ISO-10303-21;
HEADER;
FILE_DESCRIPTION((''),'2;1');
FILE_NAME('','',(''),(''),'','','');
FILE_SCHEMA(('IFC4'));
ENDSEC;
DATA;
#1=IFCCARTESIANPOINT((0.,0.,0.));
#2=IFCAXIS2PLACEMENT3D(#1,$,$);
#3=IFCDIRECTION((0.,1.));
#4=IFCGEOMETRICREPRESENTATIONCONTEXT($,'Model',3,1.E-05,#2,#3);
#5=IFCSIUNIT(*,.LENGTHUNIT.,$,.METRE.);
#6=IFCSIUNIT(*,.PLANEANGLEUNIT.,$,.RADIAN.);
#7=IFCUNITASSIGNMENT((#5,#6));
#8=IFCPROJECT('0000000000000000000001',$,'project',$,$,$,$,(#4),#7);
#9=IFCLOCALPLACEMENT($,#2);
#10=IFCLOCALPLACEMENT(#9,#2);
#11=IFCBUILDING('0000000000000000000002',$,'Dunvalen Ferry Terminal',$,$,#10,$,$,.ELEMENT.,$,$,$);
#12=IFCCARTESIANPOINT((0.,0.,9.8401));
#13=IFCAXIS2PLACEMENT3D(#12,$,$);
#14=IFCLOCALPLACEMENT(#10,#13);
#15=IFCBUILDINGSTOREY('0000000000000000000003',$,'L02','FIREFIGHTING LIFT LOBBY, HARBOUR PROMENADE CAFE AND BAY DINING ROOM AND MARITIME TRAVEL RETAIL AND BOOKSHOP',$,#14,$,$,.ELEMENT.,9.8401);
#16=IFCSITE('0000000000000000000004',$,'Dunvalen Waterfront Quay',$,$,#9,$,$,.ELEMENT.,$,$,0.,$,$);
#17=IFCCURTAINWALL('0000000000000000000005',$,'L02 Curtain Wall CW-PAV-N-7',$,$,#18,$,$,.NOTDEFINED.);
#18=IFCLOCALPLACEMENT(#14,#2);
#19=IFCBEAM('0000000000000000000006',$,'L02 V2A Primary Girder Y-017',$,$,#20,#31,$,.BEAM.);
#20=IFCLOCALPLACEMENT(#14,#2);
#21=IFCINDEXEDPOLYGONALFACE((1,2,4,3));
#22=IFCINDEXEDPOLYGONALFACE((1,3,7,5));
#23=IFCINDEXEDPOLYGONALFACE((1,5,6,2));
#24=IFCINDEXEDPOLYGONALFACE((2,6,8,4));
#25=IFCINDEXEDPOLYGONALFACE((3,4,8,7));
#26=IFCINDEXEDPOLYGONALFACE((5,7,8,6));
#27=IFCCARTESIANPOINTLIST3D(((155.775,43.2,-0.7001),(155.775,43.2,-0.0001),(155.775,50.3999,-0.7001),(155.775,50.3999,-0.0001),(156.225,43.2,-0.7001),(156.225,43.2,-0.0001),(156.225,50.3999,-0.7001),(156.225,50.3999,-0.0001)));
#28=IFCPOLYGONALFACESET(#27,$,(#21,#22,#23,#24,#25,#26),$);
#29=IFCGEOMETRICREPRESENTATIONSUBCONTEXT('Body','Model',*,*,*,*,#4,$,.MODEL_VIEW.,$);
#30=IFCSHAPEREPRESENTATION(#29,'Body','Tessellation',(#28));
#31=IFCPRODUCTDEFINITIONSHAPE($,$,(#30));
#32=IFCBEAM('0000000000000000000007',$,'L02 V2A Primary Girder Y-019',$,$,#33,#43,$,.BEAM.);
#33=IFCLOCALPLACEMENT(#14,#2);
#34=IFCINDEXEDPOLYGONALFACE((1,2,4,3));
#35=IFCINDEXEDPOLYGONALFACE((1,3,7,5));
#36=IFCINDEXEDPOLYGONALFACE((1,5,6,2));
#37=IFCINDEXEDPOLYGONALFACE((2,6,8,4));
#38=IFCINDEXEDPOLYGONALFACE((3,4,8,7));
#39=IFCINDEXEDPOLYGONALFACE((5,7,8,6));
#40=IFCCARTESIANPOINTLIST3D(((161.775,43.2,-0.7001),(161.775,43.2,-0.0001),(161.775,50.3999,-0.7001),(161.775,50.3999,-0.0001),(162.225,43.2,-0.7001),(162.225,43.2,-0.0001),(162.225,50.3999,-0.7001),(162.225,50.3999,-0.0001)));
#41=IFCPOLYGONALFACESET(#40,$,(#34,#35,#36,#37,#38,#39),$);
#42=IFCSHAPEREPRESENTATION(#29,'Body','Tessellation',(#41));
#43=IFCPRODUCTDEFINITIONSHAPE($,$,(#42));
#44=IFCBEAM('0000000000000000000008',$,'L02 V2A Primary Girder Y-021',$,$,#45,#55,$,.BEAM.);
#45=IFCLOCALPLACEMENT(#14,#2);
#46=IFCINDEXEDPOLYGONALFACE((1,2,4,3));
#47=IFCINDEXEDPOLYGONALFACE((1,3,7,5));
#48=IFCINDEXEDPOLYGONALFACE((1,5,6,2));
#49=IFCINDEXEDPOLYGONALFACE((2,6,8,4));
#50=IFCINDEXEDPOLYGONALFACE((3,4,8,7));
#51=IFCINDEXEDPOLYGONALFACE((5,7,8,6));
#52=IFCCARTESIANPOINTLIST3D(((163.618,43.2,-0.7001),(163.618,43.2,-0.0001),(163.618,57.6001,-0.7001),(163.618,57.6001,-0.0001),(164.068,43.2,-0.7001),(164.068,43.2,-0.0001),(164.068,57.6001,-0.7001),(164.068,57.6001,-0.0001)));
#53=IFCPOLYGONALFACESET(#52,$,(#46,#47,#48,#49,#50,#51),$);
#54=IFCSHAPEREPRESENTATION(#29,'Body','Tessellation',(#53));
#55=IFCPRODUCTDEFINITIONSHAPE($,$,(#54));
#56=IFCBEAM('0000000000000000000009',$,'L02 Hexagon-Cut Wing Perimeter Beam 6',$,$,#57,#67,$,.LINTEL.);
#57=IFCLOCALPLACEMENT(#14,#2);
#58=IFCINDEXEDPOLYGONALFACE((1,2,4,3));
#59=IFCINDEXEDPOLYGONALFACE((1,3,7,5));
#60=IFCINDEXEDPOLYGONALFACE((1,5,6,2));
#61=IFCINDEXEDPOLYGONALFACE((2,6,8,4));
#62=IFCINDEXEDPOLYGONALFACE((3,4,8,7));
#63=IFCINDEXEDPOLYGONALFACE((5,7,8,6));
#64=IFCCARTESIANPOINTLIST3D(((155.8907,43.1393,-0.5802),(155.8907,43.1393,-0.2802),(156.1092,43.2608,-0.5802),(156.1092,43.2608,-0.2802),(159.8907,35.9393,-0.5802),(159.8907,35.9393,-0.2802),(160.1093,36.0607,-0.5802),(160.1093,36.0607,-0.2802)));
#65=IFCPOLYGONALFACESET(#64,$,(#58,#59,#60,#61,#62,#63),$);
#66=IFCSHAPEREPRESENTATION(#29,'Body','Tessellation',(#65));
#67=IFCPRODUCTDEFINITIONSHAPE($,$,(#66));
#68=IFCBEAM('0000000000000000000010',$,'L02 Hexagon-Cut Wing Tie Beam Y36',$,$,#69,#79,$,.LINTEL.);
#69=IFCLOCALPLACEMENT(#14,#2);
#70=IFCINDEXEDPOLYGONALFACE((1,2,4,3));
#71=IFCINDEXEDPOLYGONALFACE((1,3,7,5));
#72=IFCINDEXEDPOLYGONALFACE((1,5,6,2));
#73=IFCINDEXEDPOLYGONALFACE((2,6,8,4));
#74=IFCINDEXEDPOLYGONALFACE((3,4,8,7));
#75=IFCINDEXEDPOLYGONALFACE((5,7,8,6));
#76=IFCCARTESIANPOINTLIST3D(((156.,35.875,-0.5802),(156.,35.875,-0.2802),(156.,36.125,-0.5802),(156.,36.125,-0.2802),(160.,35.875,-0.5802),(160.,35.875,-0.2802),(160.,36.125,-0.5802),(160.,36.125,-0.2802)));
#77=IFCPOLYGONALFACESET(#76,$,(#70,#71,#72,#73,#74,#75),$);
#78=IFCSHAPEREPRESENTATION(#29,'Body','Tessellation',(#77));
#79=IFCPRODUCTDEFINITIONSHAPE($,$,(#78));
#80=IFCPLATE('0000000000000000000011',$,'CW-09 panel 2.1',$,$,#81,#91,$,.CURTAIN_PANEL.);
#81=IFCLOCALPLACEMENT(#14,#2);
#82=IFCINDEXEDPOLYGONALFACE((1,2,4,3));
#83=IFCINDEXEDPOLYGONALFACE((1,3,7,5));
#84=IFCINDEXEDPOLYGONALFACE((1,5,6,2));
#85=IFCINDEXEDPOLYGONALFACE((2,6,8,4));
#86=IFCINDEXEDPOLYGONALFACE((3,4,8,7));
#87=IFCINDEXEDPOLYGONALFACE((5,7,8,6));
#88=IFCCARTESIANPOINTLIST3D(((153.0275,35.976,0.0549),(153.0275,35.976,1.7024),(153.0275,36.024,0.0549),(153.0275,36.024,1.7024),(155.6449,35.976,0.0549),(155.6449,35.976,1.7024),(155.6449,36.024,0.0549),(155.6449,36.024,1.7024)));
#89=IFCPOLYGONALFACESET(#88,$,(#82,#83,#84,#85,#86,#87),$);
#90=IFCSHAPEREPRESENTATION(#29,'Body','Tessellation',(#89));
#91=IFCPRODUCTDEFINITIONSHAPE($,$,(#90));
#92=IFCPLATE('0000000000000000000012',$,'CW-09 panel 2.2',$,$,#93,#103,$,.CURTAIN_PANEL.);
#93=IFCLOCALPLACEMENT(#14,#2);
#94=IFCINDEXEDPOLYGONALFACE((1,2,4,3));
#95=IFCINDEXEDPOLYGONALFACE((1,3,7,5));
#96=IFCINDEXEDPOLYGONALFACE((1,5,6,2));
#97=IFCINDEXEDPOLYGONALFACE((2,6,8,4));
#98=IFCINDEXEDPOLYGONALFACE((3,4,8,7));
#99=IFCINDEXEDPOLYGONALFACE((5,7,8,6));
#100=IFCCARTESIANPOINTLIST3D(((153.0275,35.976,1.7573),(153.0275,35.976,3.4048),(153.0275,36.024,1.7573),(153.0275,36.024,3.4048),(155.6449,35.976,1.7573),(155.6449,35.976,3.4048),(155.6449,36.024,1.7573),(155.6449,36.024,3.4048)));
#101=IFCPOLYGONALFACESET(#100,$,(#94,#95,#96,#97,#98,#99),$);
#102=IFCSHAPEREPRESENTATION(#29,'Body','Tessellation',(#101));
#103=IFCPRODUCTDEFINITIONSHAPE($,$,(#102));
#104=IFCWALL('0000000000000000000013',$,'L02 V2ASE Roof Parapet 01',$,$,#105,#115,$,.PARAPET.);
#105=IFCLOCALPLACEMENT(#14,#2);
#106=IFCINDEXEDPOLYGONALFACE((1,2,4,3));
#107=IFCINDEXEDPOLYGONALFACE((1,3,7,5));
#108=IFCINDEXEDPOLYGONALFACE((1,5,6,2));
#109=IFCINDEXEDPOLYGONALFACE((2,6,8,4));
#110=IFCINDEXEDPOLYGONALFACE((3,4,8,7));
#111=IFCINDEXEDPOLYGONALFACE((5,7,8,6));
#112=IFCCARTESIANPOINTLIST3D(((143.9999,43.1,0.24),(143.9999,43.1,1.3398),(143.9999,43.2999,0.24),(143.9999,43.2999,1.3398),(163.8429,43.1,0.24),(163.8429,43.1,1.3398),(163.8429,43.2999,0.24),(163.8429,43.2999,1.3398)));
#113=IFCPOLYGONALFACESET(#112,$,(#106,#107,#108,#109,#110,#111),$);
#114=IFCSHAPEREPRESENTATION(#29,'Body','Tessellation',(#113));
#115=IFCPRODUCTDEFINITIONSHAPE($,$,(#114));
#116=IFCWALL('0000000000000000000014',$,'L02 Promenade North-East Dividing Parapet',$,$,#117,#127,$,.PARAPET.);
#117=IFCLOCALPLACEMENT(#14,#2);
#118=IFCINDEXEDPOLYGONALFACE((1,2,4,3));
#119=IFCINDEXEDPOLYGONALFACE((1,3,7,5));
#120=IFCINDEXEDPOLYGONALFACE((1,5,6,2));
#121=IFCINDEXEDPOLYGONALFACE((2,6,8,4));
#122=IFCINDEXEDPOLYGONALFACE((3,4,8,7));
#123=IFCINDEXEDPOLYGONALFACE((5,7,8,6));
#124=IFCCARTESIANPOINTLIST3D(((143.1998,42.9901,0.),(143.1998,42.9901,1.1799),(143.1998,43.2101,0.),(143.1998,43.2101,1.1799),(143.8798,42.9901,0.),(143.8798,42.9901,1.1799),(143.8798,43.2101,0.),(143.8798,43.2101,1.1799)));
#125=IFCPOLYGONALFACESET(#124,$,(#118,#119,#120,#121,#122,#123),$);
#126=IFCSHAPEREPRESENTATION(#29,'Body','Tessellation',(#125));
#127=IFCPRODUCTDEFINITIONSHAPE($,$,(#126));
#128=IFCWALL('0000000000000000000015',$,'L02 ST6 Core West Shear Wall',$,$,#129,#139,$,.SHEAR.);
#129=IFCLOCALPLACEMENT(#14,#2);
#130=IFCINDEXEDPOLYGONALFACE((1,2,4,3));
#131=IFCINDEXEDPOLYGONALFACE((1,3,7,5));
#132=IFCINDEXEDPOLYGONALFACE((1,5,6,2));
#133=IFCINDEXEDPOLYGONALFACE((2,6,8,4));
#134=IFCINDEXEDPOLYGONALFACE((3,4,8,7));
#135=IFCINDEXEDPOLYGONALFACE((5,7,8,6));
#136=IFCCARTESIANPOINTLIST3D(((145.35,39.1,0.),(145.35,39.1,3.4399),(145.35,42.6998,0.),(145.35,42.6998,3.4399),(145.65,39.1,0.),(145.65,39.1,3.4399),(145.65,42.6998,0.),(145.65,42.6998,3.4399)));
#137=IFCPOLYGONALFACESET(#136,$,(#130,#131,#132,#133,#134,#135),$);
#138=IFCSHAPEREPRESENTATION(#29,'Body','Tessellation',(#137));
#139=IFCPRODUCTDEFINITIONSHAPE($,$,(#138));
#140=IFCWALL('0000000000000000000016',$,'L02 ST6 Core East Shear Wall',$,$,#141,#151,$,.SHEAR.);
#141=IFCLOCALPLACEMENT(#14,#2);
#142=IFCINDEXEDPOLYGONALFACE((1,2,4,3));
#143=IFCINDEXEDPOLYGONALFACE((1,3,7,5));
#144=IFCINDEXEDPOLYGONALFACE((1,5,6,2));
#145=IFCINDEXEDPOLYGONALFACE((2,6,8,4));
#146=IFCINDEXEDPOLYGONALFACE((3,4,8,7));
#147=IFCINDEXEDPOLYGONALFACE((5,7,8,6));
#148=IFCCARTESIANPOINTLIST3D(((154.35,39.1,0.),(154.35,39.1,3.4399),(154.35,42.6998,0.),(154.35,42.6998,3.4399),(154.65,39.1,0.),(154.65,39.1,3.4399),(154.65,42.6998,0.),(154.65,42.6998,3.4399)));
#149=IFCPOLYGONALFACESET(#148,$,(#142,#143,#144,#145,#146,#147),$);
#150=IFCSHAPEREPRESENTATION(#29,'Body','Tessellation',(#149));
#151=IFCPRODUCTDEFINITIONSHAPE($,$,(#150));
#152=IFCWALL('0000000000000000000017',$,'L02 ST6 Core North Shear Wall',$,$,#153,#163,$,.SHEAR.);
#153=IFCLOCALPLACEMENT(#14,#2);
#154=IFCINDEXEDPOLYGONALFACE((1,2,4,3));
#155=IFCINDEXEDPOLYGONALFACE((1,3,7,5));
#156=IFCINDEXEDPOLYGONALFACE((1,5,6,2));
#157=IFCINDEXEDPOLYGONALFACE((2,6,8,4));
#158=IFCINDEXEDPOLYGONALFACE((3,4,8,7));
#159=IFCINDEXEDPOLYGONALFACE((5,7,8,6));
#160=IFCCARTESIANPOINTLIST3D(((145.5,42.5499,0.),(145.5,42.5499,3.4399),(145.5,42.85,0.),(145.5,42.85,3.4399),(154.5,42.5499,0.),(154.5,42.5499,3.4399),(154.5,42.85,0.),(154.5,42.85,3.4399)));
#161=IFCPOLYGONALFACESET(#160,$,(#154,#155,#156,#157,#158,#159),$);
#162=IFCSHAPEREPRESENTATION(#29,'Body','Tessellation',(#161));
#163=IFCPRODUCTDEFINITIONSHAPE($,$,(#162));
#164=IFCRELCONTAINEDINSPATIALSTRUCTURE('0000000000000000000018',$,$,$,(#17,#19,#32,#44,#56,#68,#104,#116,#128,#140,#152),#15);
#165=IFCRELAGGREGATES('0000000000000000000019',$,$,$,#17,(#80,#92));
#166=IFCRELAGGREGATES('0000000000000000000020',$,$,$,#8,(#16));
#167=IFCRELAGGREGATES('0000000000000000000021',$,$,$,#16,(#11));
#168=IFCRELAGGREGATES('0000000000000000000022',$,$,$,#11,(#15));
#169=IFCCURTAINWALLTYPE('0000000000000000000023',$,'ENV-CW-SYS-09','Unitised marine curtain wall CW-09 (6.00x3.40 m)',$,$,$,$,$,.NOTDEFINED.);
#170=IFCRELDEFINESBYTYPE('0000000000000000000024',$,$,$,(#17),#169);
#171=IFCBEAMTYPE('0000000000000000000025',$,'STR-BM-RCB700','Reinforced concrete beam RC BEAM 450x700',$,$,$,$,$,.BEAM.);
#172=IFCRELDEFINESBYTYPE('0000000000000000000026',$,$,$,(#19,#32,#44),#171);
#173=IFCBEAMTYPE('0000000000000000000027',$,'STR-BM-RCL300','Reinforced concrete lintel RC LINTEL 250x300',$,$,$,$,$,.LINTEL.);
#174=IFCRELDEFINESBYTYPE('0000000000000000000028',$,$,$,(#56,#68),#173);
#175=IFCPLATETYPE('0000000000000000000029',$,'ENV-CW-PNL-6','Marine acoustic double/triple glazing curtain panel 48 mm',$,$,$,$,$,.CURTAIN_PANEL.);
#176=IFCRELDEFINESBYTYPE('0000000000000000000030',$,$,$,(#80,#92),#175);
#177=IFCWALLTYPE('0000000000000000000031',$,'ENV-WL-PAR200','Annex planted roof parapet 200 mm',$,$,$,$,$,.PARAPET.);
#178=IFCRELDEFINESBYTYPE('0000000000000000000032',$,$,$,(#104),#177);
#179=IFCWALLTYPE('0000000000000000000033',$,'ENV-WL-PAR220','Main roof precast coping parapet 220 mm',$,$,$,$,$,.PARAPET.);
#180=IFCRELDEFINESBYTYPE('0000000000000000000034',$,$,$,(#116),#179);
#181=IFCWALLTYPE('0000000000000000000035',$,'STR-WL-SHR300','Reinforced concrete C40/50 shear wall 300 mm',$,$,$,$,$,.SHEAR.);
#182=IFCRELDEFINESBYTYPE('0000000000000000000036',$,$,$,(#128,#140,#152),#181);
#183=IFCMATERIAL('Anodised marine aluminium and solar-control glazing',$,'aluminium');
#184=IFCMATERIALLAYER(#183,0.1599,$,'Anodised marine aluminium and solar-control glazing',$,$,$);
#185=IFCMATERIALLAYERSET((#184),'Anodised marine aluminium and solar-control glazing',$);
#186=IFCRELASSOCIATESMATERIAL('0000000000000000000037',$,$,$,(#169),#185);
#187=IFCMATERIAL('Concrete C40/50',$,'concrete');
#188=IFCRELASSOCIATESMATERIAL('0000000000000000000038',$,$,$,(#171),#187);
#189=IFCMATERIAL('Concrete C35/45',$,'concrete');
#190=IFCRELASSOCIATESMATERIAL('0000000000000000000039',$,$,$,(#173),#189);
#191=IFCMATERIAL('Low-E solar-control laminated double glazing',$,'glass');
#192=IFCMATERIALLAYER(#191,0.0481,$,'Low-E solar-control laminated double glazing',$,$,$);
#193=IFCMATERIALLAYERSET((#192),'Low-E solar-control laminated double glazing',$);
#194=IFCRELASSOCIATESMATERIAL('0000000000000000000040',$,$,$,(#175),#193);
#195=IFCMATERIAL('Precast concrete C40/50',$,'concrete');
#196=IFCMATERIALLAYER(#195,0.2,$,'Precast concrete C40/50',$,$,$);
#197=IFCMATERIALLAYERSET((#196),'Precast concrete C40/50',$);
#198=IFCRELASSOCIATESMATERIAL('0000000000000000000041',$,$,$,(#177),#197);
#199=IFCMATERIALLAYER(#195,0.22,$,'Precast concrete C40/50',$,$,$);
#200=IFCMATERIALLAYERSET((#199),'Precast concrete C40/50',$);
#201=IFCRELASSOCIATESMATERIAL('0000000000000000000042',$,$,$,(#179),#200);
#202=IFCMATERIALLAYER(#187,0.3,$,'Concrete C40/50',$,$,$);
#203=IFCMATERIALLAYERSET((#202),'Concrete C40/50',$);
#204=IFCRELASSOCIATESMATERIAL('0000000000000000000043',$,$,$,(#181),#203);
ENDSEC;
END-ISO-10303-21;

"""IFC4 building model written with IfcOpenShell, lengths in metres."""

from ifc_helpers import new_model, si_unit, direction, frame, frame_2d, origin, origin_2d, place, context, subcontext, project, spatial, rectangle, extrude, material, layer, layer_set, material_profile, profile_set, type_object, element, aggregate, save


model = new_model("IFC4")

# Units and contexts
model_context = context("Model", 3, precision=1e-05, world=origin(), true_north=direction((0.0, 1.0)))
body_context = subcontext(model_context, "Body", "Model", "MODEL_VIEW")
ifc_project = project(units=[si_unit("LENGTHUNIT", "METRE"), si_unit("PLANEANGLEUNIT", "RADIAN")], contexts=[model_context])

# Site, building, storey
site_placement = place(None, origin())
site = spatial("IfcSite", under=ifc_project, at=site_placement, Name="Dunvalen Waterfront Quay", CompositionType="ELEMENT", RefElevation=0.0)
building_placement = place(site_placement, origin())
building = spatial("IfcBuilding", under=site, at=building_placement, Name="Dunvalen Ferry Terminal", CompositionType="ELEMENT")
storey_placement = place(building_placement, frame((0.0, 0.0, 9.8401)))
storey = spatial("IfcBuildingStorey", under=building, at=storey_placement, Name="L02", Description="FIREFIGHTING LIFT LOBBY, HARBOUR PROMENADE CAFE AND BAY DINING ROOM AND MARITIME TRAVEL RETAIL AND BOOKSHOP", CompositionType="ELEMENT", Elevation=9.8401)

# Curtain wall
ifc_material_1 = material(Name="Anodised marine aluminium and solar-control glazing", Category="aluminium")
ifc_layer_1 = layer(ifc_material_1, 0.1599, Name="Anodised marine aluminium and solar-control glazing")
ifc_layer_set_1 = layer_set([ifc_layer_1], Name="Anodised marine aluminium and solar-control glazing")
curtain_wall_type = type_object("IfcCurtainWallType", Name="ENV-CW-SYS-09", Description="Unitised marine curtain wall CW-09 (6.00x3.40 m)", PredefinedType="NOTDEFINED", material=ifc_layer_set_1)
curtain_wall_placement = place(storey_placement, origin())
curtain_wall = element("IfcCurtainWall", 1, at=curtain_wall_placement, inside=storey, type_object=curtain_wall_type, Name="L02 Curtain Wall CW-PAV-N-7", PredefinedType="NOTDEFINED")

# Beams
ifc_material_2 = material(Name="Concrete C35/45", Category="concrete")
ifc_material_3 = material(Name="Concrete C40/50", Category="concrete")
ifc_material_profile_1 = material_profile(ifc_material_3, rectangle(XDim=0.45, YDim=0.7, at=origin_2d()), Name="Concrete C40/50")
ifc_profile_set_1 = profile_set([ifc_material_profile_1], Name="Concrete C40/50")
beam_type_1 = type_object("IfcBeamType", Name="STR-BM-RCB700", Description="Reinforced concrete beam RC BEAM 450x700", PredefinedType="BEAM", material=ifc_profile_set_1)
for number, where, z_axis, x_axis, name in (
    (2, (156.0, 43.2, -0.3501), (0.0, 1.0, 0.0), (-1.0, 0.0, 0.0), "L02 V2A Primary Girder Y-017"),
    (3, (162.0, 43.2, -0.3501), (0.0, 1.0, 0.0), (-1.0, 0.0, 0.0), "L02 V2A Primary Girder Y-019"),
):
    element("IfcBeam", number, at=place(storey_placement, frame(where, z_axis=z_axis, x_axis=x_axis)), inside=storey, type_object=beam_type_1, Name=name, PredefinedType="BEAM", context=body_context, shape_type="SweptSolid", body=[
        extrude(rectangle(XDim=0.45, YDim=0.7, at=origin_2d()), origin(), (0.0, 0.0, 1.0), 7.2),
    ])
beam_1_placement = place(storey_placement, frame((163.843, 43.2, -0.3501), z_axis=(0.0, 1.0, 0.0), x_axis=(-1.0, 0.0, 0.0)))
element("IfcBeam", 4, at=beam_1_placement, inside=storey, type_object=beam_type_1, Name="L02 V2A Primary Girder Y-021", PredefinedType="BEAM", context=body_context, shape_type="SweptSolid", body=[
    extrude(rectangle(XDim=0.45, YDim=0.7, at=origin_2d()), origin(), (0.0, 0.0, 1.0), 14.4001),
])
ifc_material_profile_2 = material_profile(ifc_material_2, rectangle(XDim=0.25, YDim=0.3, at=origin_2d()), Name="Concrete C35/45")
ifc_profile_set_2 = profile_set([ifc_material_profile_2], Name="Concrete C35/45")
beam_type_2 = type_object("IfcBeamType", Name="STR-BM-RCL300", Description="Reinforced concrete lintel RC LINTEL 250x300", PredefinedType="LINTEL", material=ifc_profile_set_2)
beam_2_placement = place(storey_placement, frame((160.0, 36.0, -0.4302), z_axis=(-0.485645, 0.874156, 0.0), x_axis=(-0.874156, -0.485645, 0.0)))
element("IfcBeam", 5, at=beam_2_placement, inside=storey, type_object=beam_type_2, Name="L02 Hexagon-Cut Wing Perimeter Beam 6", PredefinedType="LINTEL", context=body_context, shape_type="SweptSolid", body=[
    extrude(rectangle(XDim=0.25, YDim=0.3, at=origin_2d()), origin(), (0.0, 0.0, 1.0), 8.2366),
])
beam_3_placement = place(storey_placement, frame((156.0, 36.0, -0.4302), z_axis=(1.0, 0.0, 0.0), x_axis=(0.0, 1.0, 0.0)))
element("IfcBeam", 6, at=beam_3_placement, inside=storey, type_object=beam_type_2, Name="L02 Hexagon-Cut Wing Tie Beam Y36", PredefinedType="LINTEL", context=body_context, shape_type="SweptSolid", body=[
    extrude(rectangle(XDim=0.25, YDim=0.3, at=origin_2d()), origin(), (0.0, 0.0, 1.0), 4.0),
])

# Plates
ifc_material_4 = material(Name="Low-E solar-control laminated double glazing", Category="glass")
ifc_layer_2 = layer(ifc_material_4, 0.0481, Name="Low-E solar-control laminated double glazing")
ifc_layer_set_2 = layer_set([ifc_layer_2], Name="Low-E solar-control laminated double glazing")
plate_type = type_object("IfcPlateType", Name="ENV-CW-PNL-6", Description="Marine acoustic double/triple glazing curtain panel 48 mm", PredefinedType="CURTAIN_PANEL", material=ifc_layer_set_2)
plate_1_placement = place(storey_placement, frame((154.3362, 36.0, 0.0549), z_axis=(0.0, 0.0, 1.0), x_axis=(1.0, 0.0, 0.0)))
plate_1 = element("IfcPlate", 7, at=plate_1_placement, type_object=plate_type, Name="CW-09 panel 2.1", PredefinedType="CURTAIN_PANEL", context=body_context, shape_type="SweptSolid", body=[
    extrude(rectangle(XDim=2.6174, YDim=0.0481, at=origin_2d()), origin(), (0.0, 0.0, 1.0), 1.6475),
])
plate_2_placement = place(storey_placement, frame((154.3362, 36.0, 1.7573), z_axis=(0.0, 0.0, 1.0), x_axis=(1.0, 0.0, 0.0)))
plate_2 = element("IfcPlate", 8, at=plate_2_placement, type_object=plate_type, Name="CW-09 panel 2.2", PredefinedType="CURTAIN_PANEL", context=body_context, shape_type="SweptSolid", body=[
    extrude(rectangle(XDim=2.6174, YDim=0.0481, at=origin_2d()), origin(), (0.0, 0.0, 1.0), 1.6475),
])
aggregate(curtain_wall, [plate_1, plate_2])

# Walls
ifc_material_5 = material(Name="Precast concrete C40/50", Category="concrete")
ifc_layer_3 = layer(ifc_material_5, 0.2, Name="Precast concrete C40/50")
ifc_layer_set_3 = layer_set([ifc_layer_3], Name="Precast concrete C40/50")
wall_type_1 = type_object("IfcWallType", Name="ENV-WL-PAR200", Description="Annex planted roof parapet 200 mm", PredefinedType="PARAPET", material=ifc_layer_set_3)
wall_1_placement = place(storey_placement, frame((144.0, 43.2, 0.24), z_axis=(0.0, 0.0, 1.0), x_axis=(1.0, 0.0, 0.0)))
element("IfcWall", 9, at=wall_1_placement, inside=storey, type_object=wall_type_1, Name="L02 V2ASE Roof Parapet 01", PredefinedType="PARAPET", context=body_context, shape_type="SweptSolid", body=[
    extrude(rectangle(XDim=19.843, YDim=0.2, at=frame_2d((9.9214, 0.0))), origin(), (0.0, 0.0, 1.0), 1.0999),
])
ifc_layer_4 = layer(ifc_material_5, 0.22, Name="Precast concrete C40/50")
ifc_layer_set_4 = layer_set([ifc_layer_4], Name="Precast concrete C40/50")
wall_type_2 = type_object("IfcWallType", Name="ENV-WL-PAR220", Description="Main roof precast coping parapet 220 mm", PredefinedType="PARAPET", material=ifc_layer_set_4)
wall_2_placement = place(storey_placement, frame((143.2, 43.1001, 0.0), z_axis=(0.0, 0.0, 1.0), x_axis=(1.0, 0.0, 0.0)))
element("IfcWall", 10, at=wall_2_placement, inside=storey, type_object=wall_type_2, Name="L02 Promenade North-East Dividing Parapet", PredefinedType="PARAPET", context=body_context, shape_type="SweptSolid", body=[
    extrude(rectangle(XDim=0.6799, YDim=0.22, at=frame_2d((0.3398, 0.0))), origin(), (0.0, 0.0, 1.0), 1.1799),
])
ifc_layer_5 = layer(ifc_material_3, 0.3, Name="Concrete C40/50")
ifc_layer_set_5 = layer_set([ifc_layer_5], Name="Concrete C40/50")
wall_type_3 = type_object("IfcWallType", Name="STR-WL-SHR300", Description="Reinforced concrete C40/50 shear wall 300 mm", PredefinedType="SHEAR", material=ifc_layer_set_5)
for number, where, z_axis, x_axis, name in (
    (11, (145.5, 39.1001, 0.0), (0.0, 0.0, 1.0), (0.0, 1.0, 0.0), "L02 ST6 Core West Shear Wall"),
    (12, (154.5, 39.1001, 0.0), (0.0, 0.0, 1.0), (0.0, 1.0, 0.0), "L02 ST6 Core East Shear Wall"),
):
    element("IfcWall", number, at=place(storey_placement, frame(where, z_axis=z_axis, x_axis=x_axis)), inside=storey, type_object=wall_type_3, Name=name, PredefinedType="SHEAR", context=body_context, shape_type="SweptSolid", body=[
        extrude(rectangle(XDim=3.5999, YDim=0.3, at=frame_2d((1.7998, 0.0))), origin(), (0.0, 0.0, 1.0), 3.4399),
    ])
wall_3_placement = place(storey_placement, frame((145.5, 42.7, 0.0), z_axis=(0.0, 0.0, 1.0), x_axis=(1.0, 0.0, 0.0)))
element("IfcWall", 13, at=wall_3_placement, inside=storey, type_object=wall_type_3, Name="L02 ST6 Core North Shear Wall", PredefinedType="SHEAR", context=body_context, shape_type="SweptSolid", body=[
    extrude(rectangle(XDim=9.0, YDim=0.3, at=frame_2d((4.5, 0.0))), origin(), (0.0, 0.0, 1.0), 3.4399),
])

save(model, "model.ifc")
